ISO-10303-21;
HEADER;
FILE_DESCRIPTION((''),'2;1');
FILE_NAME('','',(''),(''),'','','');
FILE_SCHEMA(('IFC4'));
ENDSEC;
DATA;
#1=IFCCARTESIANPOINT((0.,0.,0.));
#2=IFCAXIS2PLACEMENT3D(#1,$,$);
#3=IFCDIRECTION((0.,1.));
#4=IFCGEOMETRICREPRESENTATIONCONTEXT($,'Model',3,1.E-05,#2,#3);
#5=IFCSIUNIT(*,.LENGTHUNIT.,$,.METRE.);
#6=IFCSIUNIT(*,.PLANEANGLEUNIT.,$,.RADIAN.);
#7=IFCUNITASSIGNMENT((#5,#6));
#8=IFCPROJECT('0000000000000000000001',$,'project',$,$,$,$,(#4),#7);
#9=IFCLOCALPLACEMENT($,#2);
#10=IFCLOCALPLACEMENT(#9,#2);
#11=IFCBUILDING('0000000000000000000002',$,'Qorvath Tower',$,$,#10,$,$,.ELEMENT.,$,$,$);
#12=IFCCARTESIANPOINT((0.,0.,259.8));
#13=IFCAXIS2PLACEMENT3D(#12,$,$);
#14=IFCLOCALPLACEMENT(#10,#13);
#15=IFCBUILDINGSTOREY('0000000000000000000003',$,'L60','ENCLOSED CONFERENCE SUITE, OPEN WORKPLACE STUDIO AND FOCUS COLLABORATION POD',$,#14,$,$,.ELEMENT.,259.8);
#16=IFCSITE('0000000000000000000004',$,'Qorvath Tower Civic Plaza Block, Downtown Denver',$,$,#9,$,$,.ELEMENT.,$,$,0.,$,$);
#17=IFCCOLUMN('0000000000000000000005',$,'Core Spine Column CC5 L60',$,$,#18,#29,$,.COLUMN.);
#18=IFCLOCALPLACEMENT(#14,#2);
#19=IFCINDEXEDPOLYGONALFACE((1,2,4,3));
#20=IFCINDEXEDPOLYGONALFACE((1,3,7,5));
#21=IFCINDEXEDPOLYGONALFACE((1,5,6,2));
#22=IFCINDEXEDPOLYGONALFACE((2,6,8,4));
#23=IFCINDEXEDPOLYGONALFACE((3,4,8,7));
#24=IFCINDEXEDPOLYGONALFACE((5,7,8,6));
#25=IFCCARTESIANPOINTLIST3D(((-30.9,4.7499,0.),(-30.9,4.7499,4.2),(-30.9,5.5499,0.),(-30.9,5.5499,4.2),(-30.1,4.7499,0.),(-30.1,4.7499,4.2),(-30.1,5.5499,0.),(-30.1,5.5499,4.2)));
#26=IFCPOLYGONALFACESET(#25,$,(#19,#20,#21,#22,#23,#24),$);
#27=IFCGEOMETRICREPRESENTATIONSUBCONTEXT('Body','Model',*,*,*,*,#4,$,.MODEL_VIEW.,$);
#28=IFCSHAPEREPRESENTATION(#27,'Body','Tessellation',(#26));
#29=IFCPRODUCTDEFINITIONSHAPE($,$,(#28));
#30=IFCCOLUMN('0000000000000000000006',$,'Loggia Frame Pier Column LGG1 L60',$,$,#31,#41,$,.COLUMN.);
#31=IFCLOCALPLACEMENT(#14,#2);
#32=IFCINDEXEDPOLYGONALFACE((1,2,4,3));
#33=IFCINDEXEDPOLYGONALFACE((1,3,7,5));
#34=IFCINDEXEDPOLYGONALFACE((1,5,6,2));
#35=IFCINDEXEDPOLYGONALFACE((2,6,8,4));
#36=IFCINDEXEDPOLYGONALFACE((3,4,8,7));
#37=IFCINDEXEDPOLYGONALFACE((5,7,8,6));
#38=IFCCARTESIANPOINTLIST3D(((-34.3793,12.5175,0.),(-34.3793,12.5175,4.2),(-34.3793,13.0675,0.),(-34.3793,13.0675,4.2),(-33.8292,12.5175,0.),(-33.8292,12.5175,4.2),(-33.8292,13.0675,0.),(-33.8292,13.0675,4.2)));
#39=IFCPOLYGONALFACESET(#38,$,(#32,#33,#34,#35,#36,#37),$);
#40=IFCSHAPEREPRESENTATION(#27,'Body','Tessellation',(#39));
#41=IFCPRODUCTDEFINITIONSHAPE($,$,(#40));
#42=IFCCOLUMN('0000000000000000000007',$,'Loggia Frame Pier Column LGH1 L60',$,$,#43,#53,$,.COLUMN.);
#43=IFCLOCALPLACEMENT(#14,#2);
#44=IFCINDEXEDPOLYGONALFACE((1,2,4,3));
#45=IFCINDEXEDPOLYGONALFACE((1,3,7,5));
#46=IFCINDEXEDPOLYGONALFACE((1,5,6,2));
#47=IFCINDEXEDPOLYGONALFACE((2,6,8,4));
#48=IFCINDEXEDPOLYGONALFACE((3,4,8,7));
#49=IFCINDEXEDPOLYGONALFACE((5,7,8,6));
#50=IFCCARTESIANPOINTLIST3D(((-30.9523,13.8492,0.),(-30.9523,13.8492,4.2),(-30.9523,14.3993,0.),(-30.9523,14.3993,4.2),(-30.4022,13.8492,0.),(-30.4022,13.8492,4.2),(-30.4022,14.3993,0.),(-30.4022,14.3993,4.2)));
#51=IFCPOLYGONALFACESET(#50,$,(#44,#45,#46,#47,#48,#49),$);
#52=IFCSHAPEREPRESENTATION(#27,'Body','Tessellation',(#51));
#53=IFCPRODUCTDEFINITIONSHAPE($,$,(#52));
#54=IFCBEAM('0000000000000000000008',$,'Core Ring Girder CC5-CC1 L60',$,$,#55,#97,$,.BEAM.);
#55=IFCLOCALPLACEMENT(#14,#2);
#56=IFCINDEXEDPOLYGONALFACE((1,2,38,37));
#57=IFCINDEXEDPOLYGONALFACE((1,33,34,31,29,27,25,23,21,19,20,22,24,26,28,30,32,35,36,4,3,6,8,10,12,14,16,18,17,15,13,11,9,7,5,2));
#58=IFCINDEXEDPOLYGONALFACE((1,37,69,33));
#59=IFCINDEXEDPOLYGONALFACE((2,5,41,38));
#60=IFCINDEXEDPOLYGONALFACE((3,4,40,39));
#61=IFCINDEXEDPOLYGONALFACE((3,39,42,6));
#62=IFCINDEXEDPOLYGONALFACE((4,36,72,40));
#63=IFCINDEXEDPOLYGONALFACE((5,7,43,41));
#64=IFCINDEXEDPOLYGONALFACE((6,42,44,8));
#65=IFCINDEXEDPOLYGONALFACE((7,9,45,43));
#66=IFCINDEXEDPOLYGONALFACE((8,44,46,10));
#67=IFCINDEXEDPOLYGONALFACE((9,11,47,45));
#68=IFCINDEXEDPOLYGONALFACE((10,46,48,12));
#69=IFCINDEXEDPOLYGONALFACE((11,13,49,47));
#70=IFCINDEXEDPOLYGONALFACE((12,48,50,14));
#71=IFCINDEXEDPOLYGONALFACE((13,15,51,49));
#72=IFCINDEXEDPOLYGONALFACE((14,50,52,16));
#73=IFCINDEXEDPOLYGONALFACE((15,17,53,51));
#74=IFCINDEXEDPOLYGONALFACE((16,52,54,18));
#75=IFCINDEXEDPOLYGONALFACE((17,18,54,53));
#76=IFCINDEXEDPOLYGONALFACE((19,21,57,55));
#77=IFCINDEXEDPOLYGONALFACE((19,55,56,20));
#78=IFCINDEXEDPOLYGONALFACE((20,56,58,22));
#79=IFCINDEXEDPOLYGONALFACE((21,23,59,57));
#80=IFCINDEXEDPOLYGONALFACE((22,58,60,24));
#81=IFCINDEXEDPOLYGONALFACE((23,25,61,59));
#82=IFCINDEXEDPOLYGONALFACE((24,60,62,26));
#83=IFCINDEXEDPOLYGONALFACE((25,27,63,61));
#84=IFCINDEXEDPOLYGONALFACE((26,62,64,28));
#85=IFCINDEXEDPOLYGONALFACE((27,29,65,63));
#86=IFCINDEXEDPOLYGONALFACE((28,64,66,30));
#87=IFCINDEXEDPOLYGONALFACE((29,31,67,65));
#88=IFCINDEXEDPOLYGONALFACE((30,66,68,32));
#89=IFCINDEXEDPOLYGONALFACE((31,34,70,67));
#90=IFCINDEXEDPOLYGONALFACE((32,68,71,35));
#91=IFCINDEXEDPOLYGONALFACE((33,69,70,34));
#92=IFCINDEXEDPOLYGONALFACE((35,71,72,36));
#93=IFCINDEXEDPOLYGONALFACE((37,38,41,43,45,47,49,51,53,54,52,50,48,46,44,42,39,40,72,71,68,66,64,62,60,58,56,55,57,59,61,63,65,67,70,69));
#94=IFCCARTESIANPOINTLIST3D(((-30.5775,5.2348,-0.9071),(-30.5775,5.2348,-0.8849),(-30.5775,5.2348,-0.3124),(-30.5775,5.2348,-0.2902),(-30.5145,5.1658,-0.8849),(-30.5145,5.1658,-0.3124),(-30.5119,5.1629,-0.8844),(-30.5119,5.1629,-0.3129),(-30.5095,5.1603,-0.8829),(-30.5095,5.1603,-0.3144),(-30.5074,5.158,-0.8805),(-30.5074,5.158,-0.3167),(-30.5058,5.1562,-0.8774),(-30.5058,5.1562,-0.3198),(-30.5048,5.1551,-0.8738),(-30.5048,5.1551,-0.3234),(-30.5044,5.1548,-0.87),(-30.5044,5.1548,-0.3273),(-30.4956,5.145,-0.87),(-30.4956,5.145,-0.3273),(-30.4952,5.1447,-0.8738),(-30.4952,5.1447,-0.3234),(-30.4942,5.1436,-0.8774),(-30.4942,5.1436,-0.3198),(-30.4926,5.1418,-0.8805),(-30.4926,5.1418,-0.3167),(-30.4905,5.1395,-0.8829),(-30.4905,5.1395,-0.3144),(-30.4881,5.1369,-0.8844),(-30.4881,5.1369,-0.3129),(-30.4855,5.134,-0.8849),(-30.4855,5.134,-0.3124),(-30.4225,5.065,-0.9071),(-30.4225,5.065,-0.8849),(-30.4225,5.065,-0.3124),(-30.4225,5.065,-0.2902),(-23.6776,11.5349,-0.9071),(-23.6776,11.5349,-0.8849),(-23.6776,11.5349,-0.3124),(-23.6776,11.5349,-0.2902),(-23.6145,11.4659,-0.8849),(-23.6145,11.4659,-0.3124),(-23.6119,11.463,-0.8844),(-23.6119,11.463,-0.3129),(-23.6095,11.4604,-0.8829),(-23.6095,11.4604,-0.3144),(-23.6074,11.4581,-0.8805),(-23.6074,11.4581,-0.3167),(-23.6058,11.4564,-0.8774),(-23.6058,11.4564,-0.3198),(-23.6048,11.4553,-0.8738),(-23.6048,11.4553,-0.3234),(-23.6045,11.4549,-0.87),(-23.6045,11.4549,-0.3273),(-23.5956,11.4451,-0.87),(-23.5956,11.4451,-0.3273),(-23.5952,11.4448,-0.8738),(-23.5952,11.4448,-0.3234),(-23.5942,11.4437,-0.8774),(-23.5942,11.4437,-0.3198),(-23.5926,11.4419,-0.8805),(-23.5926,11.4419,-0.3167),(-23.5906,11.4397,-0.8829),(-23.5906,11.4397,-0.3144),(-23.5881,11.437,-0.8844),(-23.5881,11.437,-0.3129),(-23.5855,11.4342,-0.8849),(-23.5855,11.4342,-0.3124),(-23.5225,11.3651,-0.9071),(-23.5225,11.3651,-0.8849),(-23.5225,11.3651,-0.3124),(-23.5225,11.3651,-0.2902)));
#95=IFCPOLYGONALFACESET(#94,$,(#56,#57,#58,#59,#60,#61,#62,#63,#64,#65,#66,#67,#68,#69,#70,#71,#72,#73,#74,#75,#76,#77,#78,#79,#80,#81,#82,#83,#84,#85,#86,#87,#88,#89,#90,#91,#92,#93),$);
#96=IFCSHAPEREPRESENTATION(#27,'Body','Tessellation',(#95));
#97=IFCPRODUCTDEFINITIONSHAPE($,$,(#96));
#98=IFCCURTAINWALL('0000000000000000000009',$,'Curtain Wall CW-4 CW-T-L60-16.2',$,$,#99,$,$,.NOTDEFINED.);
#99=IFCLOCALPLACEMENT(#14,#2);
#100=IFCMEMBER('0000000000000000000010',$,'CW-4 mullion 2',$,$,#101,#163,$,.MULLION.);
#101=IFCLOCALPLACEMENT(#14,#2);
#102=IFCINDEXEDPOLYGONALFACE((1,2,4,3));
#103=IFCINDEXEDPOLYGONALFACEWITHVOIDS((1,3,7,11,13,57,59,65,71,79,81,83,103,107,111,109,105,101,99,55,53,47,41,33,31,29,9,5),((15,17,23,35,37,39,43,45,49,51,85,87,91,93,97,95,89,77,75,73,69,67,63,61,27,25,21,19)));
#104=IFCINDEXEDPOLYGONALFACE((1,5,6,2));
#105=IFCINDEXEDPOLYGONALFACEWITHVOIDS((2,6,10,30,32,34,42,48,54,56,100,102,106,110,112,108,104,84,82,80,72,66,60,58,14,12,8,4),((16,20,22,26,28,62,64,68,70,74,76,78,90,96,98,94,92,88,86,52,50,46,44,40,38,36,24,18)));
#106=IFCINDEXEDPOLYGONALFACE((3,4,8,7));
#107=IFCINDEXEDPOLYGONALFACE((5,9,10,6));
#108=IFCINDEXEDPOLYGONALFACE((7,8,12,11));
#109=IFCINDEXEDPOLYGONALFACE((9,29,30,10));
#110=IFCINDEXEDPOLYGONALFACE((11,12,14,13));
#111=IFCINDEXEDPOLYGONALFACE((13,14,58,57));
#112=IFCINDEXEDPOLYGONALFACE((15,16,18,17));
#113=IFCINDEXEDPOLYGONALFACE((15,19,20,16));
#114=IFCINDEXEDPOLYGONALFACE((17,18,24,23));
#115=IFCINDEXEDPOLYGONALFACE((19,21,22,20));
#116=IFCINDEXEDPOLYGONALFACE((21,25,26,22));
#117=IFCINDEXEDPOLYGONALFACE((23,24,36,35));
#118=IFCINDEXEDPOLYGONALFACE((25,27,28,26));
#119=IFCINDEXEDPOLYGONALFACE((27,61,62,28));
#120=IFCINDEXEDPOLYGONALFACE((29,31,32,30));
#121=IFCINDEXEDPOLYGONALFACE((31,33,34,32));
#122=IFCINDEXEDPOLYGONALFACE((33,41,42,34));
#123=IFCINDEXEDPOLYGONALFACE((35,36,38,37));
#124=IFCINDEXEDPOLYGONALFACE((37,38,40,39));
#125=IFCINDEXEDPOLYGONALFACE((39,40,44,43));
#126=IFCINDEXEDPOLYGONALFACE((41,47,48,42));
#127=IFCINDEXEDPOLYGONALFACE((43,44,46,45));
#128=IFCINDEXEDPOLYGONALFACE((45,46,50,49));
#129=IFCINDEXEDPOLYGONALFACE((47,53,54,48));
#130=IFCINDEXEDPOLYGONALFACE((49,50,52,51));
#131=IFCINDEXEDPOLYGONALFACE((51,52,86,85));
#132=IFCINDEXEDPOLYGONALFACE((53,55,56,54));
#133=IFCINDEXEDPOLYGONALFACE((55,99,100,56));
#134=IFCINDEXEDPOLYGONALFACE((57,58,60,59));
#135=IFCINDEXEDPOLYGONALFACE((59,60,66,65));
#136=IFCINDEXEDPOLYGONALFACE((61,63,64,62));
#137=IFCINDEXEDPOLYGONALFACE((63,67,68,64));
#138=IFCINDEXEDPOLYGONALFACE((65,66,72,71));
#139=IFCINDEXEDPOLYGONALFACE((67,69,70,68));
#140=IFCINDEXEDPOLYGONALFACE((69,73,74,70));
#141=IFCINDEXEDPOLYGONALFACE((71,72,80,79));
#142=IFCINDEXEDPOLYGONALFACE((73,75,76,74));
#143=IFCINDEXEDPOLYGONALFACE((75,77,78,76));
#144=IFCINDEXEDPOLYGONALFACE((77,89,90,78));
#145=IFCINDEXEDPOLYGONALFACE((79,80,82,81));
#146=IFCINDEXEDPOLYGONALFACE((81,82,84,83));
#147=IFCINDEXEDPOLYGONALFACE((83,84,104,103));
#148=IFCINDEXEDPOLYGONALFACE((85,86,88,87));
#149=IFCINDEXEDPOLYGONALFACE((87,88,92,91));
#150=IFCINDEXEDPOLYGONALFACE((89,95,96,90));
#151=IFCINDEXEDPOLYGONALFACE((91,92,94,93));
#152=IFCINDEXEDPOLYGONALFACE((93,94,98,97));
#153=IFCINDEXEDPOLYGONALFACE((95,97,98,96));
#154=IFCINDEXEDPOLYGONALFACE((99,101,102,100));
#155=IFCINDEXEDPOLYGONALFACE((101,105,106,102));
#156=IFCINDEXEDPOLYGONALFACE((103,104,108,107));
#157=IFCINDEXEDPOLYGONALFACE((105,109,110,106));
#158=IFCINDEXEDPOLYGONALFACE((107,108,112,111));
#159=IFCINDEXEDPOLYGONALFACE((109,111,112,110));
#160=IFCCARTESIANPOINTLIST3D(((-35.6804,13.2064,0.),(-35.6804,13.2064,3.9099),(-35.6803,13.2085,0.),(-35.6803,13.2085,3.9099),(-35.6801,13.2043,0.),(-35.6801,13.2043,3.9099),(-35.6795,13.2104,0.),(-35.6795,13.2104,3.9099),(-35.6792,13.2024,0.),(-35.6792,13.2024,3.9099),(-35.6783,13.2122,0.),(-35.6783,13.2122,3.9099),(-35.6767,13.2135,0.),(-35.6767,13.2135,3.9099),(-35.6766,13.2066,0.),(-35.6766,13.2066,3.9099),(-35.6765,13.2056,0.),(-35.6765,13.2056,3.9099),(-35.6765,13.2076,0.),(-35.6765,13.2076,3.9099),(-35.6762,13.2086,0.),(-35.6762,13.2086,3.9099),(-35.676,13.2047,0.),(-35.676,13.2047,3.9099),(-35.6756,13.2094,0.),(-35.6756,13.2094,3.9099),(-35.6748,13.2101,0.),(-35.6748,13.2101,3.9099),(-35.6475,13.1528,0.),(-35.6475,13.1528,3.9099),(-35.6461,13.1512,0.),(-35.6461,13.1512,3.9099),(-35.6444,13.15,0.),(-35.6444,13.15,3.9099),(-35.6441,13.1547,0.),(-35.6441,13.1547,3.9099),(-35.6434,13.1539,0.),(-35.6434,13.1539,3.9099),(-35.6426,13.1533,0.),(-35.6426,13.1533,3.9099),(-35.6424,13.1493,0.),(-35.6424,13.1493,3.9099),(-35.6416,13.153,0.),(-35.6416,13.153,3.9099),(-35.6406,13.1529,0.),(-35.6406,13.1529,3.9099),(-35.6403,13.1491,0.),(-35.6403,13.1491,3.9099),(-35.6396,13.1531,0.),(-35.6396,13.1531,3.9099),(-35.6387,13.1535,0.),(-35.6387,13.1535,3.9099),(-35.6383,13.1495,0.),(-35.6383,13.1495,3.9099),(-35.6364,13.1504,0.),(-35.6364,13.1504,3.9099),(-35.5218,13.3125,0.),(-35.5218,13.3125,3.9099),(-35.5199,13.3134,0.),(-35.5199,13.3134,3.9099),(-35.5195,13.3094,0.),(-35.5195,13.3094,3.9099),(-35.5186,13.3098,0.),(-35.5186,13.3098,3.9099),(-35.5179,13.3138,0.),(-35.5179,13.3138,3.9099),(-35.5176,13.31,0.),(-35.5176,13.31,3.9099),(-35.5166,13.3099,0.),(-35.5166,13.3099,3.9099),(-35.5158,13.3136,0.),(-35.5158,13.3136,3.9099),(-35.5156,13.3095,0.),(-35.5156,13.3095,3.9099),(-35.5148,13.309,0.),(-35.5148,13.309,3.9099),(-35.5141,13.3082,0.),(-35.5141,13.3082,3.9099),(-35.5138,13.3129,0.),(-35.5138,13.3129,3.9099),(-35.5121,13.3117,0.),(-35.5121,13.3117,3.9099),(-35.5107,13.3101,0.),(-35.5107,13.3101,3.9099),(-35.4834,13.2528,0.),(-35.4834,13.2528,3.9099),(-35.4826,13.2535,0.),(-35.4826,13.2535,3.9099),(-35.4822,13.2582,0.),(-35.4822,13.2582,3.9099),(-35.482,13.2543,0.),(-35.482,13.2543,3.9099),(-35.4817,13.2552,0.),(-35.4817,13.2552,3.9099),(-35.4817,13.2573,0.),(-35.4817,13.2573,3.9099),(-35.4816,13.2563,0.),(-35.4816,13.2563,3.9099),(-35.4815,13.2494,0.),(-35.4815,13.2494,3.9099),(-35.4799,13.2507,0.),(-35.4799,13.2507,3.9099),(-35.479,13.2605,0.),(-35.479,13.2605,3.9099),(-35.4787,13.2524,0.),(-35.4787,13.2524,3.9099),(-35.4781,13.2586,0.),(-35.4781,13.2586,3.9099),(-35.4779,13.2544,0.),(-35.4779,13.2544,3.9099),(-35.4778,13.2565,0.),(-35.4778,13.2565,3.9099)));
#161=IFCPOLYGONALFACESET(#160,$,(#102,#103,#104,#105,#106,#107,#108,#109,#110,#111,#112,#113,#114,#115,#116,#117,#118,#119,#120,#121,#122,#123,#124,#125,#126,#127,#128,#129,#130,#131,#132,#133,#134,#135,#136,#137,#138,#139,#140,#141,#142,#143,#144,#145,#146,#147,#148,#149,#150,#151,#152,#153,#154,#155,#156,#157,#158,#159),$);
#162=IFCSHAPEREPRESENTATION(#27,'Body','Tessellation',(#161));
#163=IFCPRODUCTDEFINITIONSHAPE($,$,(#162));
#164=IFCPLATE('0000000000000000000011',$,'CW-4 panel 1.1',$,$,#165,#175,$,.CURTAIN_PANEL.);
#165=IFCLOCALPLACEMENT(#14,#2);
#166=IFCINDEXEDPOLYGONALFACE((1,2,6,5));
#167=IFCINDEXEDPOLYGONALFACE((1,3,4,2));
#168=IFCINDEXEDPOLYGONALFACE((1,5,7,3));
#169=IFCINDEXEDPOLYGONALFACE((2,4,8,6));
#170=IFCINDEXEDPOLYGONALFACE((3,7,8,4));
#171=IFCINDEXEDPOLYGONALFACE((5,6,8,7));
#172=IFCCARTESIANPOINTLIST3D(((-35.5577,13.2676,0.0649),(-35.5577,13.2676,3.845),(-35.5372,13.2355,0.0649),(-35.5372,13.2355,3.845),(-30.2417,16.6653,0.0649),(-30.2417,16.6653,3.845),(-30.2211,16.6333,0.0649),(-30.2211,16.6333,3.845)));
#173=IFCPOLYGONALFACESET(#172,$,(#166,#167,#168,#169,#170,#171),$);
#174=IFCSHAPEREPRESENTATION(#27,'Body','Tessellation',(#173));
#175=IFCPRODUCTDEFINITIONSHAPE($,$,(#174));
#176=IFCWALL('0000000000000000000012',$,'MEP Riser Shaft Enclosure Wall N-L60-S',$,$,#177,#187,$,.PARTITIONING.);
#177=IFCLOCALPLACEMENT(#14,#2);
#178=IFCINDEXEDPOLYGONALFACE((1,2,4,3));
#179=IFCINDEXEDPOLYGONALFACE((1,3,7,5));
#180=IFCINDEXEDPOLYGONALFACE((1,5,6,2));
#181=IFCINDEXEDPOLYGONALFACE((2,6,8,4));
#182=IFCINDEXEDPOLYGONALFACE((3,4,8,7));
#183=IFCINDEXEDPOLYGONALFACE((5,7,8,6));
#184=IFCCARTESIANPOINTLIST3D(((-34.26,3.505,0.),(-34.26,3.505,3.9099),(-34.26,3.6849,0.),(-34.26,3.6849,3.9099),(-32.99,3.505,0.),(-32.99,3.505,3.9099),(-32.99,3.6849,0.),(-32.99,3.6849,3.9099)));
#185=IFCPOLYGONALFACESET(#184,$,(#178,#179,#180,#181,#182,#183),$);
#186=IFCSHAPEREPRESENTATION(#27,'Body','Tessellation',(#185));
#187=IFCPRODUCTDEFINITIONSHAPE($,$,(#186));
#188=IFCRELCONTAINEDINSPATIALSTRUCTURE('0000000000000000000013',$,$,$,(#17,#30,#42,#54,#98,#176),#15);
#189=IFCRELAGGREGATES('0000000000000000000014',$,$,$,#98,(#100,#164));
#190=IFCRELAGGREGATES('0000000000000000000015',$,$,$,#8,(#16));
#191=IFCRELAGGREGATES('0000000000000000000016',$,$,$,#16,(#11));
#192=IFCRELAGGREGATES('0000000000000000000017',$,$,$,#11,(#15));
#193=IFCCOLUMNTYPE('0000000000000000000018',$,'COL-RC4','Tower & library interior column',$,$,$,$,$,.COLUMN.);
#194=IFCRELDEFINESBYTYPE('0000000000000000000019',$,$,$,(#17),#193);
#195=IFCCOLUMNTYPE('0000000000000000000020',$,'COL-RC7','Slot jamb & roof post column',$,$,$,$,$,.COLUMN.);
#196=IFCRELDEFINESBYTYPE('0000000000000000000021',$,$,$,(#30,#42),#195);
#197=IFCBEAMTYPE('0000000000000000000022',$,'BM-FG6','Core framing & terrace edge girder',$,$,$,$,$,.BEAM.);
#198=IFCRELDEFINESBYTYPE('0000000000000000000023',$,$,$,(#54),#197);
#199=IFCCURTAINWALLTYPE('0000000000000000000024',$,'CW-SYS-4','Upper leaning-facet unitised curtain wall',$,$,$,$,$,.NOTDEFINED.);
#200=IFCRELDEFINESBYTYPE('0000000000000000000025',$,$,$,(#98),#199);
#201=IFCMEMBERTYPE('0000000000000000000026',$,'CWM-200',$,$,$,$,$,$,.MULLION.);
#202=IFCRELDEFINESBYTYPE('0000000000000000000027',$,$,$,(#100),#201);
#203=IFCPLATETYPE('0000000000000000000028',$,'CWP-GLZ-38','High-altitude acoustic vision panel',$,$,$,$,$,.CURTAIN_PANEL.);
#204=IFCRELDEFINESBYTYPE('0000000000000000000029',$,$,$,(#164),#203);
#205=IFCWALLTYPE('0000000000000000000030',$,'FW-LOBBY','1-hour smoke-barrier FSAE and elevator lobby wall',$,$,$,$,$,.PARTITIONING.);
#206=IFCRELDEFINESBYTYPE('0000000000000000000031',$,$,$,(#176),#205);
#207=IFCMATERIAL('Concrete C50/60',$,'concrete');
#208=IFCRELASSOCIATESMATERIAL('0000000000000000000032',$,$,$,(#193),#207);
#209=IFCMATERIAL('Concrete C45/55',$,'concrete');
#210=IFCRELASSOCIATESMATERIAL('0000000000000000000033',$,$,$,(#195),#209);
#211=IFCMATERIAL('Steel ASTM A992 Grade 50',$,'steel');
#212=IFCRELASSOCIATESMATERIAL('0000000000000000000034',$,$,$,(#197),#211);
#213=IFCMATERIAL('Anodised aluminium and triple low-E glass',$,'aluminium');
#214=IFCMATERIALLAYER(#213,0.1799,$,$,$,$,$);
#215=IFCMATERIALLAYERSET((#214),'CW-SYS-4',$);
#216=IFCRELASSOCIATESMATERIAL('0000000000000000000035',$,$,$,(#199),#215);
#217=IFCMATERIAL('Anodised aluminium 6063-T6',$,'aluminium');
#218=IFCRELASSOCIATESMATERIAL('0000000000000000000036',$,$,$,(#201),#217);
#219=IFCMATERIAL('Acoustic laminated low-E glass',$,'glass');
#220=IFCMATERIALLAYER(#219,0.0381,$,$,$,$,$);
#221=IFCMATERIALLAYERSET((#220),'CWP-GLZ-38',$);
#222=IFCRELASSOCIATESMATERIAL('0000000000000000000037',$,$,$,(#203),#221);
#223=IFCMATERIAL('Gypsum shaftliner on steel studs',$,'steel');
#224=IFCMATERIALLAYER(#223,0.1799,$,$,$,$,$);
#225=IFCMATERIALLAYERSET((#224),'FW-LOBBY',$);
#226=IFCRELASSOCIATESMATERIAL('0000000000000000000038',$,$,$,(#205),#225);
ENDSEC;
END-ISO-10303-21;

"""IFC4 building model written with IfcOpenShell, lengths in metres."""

from ifc_helpers import new_model, si_unit, direction, frame, frame_2d, origin, origin_2d, place, context, subcontext, project, spatial, rectangle, hollow_rectangle, i_section, extrude, material, layer, layer_set, material_profile, profile_set, type_object, element, aggregate, save


model = new_model("IFC4")

# Units and contexts
model_context = context("Model", 3, precision=1e-05, world=origin(), true_north=direction((0.0, 1.0)))
body_context = subcontext(model_context, "Body", "Model", "MODEL_VIEW")
ifc_project = project(units=[si_unit("LENGTHUNIT", "METRE"), si_unit("PLANEANGLEUNIT", "RADIAN")], contexts=[model_context])

# Site, building, storey
site_placement = place(None, origin())
site = spatial("IfcSite", under=ifc_project, at=site_placement, Name="Qorvath Tower Civic Plaza Block, Downtown Denver", CompositionType="ELEMENT", RefElevation=0.0)
building_placement = place(site_placement, origin())
building = spatial("IfcBuilding", under=site, at=building_placement, Name="Qorvath Tower", CompositionType="ELEMENT")
storey_placement = place(building_placement, frame((0.0, 0.0, 259.8)))
storey = spatial("IfcBuildingStorey", under=building, at=storey_placement, Name="L60", Description="ENCLOSED CONFERENCE SUITE, OPEN WORKPLACE STUDIO AND FOCUS COLLABORATION POD", CompositionType="ELEMENT", Elevation=259.8)

# Columns
ifc_material_1 = material(Name="Concrete C50/60", Category="concrete")
ifc_material_profile_1 = material_profile(ifc_material_1, rectangle(XDim=0.8, YDim=0.8, at=origin_2d()), Name="RC 800x800")
ifc_profile_set_1 = profile_set([ifc_material_profile_1], Name="Concrete C50/60")
column_type_1 = type_object("IfcColumnType", Name="COL-RC4", Description="Tower & library interior column", PredefinedType="COLUMN", material=ifc_profile_set_1)
column_placement = place(storey_placement, frame((-30.5, 5.1499, 0.0), z_axis=(0.0, 0.0, 1.0), x_axis=(1.0, 0.0, 0.0)))
element("IfcColumn", 1, at=column_placement, inside=storey, type_object=column_type_1, Name="Core Spine Column CC5 L60", PredefinedType="COLUMN", context=body_context, shape_type="SweptSolid", body=[
    extrude(rectangle(XDim=0.8, YDim=0.8, at=origin_2d()), origin(), (0.0, 0.0, 1.0), 4.2),
])
ifc_material_2 = material(Name="Concrete C45/55", Category="concrete")
ifc_material_profile_2 = material_profile(ifc_material_2, rectangle(XDim=0.55, YDim=0.55, at=origin_2d()), Name="RC 550x550")
ifc_profile_set_2 = profile_set([ifc_material_profile_2], Name="Concrete C45/55")
column_type_2 = type_object("IfcColumnType", Name="COL-RC7", Description="Slot jamb & roof post column", PredefinedType="COLUMN", material=ifc_profile_set_2)
for number, where, z_axis, x_axis, name in (
    (2, (-34.1042, 12.7925, 0.0), (0.0, 0.0, 1.0), (1.0, 0.0, 0.0), "Loggia Frame Pier Column LGG1 L60"),
    (3, (-30.6772, 14.1243, 0.0), (0.0, 0.0, 1.0), (1.0, 0.0, 0.0), "Loggia Frame Pier Column LGH1 L60"),
):
    element("IfcColumn", number, at=place(storey_placement, frame(where, z_axis=z_axis, x_axis=x_axis)), inside=storey, type_object=column_type_2, Name=name, PredefinedType="COLUMN", context=body_context, shape_type="SweptSolid", body=[
        extrude(rectangle(XDim=0.55, YDim=0.55, at=origin_2d()), origin(), (0.0, 0.0, 1.0), 4.2),
    ])

# Beam
ifc_material_3 = material(Name="Steel ASTM A992 Grade 50", Category="steel")
ifc_material_profile_3 = material_profile(ifc_material_3, i_section(OverallWidth=0.23, OverallDepth=0.6169, WebThickness=0.0132, FlangeThickness=0.0222, FilletRadius=0.0149, at=origin_2d()), Name="W24x94")
ifc_profile_set_3 = profile_set([ifc_material_profile_3], Name="Steel ASTM A992 Grade 50")
beam_type = type_object("IfcBeamType", Name="BM-FG6", Description="Core framing & terrace edge girder", PredefinedType="BEAM", material=ifc_profile_set_3)
beam_placement = place(storey_placement, frame((-30.5, 5.1499, -0.5986), z_axis=(0.738478, 0.674277, 0.0), x_axis=(-0.674277, 0.738478, 0.0)))
element("IfcBeam", 4, at=beam_placement, inside=storey, type_object=beam_type, Name="Core Ring Girder CC5-CC1 L60", PredefinedType="BEAM", context=body_context, shape_type="SweptSolid", body=[
    extrude(i_section(OverallWidth=0.23, OverallDepth=0.6169, WebThickness=0.0132, FlangeThickness=0.0222, FilletRadius=0.0149, at=origin_2d()), origin(), (0.0, 0.0, 1.0), 9.3435),
])

# Curtain wall, member, plate
ifc_material_4 = material(Name="Anodised aluminium and triple low-E glass", Category="aluminium")
ifc_layer_1 = layer(ifc_material_4, 0.1799)
ifc_layer_set_1 = layer_set([ifc_layer_1], Name="CW-SYS-4")
curtain_wall_type = type_object("IfcCurtainWallType", Name="CW-SYS-4", Description="Upper leaning-facet unitised curtain wall", PredefinedType="NOTDEFINED", material=ifc_layer_set_1)
curtain_wall_placement = place(storey_placement, origin())
curtain_wall = element("IfcCurtainWall", 5, at=curtain_wall_placement, inside=storey, type_object=curtain_wall_type, Name="Curtain Wall CW-4 CW-T-L60-16.2", PredefinedType="NOTDEFINED")
ifc_material_5 = material(Name="Anodised aluminium 6063-T6", Category="aluminium")
ifc_material_profile_4 = material_profile(ifc_material_5, hollow_rectangle(XDim=0.075, YDim=0.2, WallThickness=0.0039, InnerFilletRadius=0.0039, OuterFilletRadius=0.0081, at=origin_2d()), Name="CWM 200x75")
ifc_profile_set_4 = profile_set([ifc_material_profile_4], Name="Anodised aluminium 6063-T6")
member_type = type_object("IfcMemberType", Name="CWM-200", PredefinedType="MULLION", material=ifc_profile_set_4)
member_placement = place(storey_placement, frame((-35.5791, 13.2314, 0.0), z_axis=(0.0, 0.0, 1.0), x_axis=(0.538544, -0.842597, 0.0)))
member = element("IfcMember", 6, at=member_placement, type_object=member_type, Name="CW-4 mullion 2", PredefinedType="MULLION", context=body_context, shape_type="SweptSolid", body=[
    extrude(hollow_rectangle(XDim=0.075, YDim=0.2, WallThickness=0.0039, InnerFilletRadius=0.0039, OuterFilletRadius=0.0081, at=origin_2d()), origin(), (0.0, 0.0, 1.0), 3.9099),
])
ifc_material_6 = material(Name="Acoustic laminated low-E glass", Category="glass")
ifc_layer_2 = layer(ifc_material_6, 0.0381)
ifc_layer_set_2 = layer_set([ifc_layer_2], Name="CWP-GLZ-38")
plate_type = type_object("IfcPlateType", Name="CWP-GLZ-38", Description="High-altitude acoustic vision panel", PredefinedType="CURTAIN_PANEL", material=ifc_layer_set_2)
plate_placement = place(storey_placement, frame((-32.8894, 14.9504, 0.0649), z_axis=(0.0, 0.0, 1.0), x_axis=(-0.842597, -0.538544, 0.0)))
plate = element("IfcPlate", 7, at=plate_placement, type_object=plate_type, Name="CW-4 panel 1.1", PredefinedType="CURTAIN_PANEL", context=body_context, shape_type="SweptSolid", body=[
    extrude(rectangle(XDim=6.3091, YDim=0.0381, at=origin_2d()), origin(), (0.0, 0.0, 1.0), 3.78),
])
aggregate(curtain_wall, [member, plate])

# Wall
ifc_material_7 = material(Name="Gypsum shaftliner on steel studs", Category="steel")
ifc_layer_3 = layer(ifc_material_7, 0.1799)
ifc_layer_set_3 = layer_set([ifc_layer_3], Name="FW-LOBBY")
wall_type_1 = type_object("IfcWallType", Name="FW-LOBBY", Description="1-hour smoke-barrier FSAE and elevator lobby wall", PredefinedType="PARTITIONING", material=ifc_layer_set_3)
for number, where, z_axis, x_axis, name in (
    (8, (-32.99, 3.595, 0.0), (0.0, 0.0, 1.0), (-1.0, 0.0, 0.0), "MEP Riser Shaft Enclosure Wall N-L60-S"),
):
    element("IfcWall", number, at=place(storey_placement, frame(where, z_axis=z_axis, x_axis=x_axis)), inside=storey, type_object=wall_type_1, Name=name, PredefinedType="PARTITIONING", context=body_context, shape_type="SweptSolid", body=[
        extrude(rectangle(XDim=1.27, YDim=0.1799, at=frame_2d((0.635, 0.0))), origin(), (0.0, 0.0, 1.0), 3.9099),
    ])

save(model, "model.ifc")
